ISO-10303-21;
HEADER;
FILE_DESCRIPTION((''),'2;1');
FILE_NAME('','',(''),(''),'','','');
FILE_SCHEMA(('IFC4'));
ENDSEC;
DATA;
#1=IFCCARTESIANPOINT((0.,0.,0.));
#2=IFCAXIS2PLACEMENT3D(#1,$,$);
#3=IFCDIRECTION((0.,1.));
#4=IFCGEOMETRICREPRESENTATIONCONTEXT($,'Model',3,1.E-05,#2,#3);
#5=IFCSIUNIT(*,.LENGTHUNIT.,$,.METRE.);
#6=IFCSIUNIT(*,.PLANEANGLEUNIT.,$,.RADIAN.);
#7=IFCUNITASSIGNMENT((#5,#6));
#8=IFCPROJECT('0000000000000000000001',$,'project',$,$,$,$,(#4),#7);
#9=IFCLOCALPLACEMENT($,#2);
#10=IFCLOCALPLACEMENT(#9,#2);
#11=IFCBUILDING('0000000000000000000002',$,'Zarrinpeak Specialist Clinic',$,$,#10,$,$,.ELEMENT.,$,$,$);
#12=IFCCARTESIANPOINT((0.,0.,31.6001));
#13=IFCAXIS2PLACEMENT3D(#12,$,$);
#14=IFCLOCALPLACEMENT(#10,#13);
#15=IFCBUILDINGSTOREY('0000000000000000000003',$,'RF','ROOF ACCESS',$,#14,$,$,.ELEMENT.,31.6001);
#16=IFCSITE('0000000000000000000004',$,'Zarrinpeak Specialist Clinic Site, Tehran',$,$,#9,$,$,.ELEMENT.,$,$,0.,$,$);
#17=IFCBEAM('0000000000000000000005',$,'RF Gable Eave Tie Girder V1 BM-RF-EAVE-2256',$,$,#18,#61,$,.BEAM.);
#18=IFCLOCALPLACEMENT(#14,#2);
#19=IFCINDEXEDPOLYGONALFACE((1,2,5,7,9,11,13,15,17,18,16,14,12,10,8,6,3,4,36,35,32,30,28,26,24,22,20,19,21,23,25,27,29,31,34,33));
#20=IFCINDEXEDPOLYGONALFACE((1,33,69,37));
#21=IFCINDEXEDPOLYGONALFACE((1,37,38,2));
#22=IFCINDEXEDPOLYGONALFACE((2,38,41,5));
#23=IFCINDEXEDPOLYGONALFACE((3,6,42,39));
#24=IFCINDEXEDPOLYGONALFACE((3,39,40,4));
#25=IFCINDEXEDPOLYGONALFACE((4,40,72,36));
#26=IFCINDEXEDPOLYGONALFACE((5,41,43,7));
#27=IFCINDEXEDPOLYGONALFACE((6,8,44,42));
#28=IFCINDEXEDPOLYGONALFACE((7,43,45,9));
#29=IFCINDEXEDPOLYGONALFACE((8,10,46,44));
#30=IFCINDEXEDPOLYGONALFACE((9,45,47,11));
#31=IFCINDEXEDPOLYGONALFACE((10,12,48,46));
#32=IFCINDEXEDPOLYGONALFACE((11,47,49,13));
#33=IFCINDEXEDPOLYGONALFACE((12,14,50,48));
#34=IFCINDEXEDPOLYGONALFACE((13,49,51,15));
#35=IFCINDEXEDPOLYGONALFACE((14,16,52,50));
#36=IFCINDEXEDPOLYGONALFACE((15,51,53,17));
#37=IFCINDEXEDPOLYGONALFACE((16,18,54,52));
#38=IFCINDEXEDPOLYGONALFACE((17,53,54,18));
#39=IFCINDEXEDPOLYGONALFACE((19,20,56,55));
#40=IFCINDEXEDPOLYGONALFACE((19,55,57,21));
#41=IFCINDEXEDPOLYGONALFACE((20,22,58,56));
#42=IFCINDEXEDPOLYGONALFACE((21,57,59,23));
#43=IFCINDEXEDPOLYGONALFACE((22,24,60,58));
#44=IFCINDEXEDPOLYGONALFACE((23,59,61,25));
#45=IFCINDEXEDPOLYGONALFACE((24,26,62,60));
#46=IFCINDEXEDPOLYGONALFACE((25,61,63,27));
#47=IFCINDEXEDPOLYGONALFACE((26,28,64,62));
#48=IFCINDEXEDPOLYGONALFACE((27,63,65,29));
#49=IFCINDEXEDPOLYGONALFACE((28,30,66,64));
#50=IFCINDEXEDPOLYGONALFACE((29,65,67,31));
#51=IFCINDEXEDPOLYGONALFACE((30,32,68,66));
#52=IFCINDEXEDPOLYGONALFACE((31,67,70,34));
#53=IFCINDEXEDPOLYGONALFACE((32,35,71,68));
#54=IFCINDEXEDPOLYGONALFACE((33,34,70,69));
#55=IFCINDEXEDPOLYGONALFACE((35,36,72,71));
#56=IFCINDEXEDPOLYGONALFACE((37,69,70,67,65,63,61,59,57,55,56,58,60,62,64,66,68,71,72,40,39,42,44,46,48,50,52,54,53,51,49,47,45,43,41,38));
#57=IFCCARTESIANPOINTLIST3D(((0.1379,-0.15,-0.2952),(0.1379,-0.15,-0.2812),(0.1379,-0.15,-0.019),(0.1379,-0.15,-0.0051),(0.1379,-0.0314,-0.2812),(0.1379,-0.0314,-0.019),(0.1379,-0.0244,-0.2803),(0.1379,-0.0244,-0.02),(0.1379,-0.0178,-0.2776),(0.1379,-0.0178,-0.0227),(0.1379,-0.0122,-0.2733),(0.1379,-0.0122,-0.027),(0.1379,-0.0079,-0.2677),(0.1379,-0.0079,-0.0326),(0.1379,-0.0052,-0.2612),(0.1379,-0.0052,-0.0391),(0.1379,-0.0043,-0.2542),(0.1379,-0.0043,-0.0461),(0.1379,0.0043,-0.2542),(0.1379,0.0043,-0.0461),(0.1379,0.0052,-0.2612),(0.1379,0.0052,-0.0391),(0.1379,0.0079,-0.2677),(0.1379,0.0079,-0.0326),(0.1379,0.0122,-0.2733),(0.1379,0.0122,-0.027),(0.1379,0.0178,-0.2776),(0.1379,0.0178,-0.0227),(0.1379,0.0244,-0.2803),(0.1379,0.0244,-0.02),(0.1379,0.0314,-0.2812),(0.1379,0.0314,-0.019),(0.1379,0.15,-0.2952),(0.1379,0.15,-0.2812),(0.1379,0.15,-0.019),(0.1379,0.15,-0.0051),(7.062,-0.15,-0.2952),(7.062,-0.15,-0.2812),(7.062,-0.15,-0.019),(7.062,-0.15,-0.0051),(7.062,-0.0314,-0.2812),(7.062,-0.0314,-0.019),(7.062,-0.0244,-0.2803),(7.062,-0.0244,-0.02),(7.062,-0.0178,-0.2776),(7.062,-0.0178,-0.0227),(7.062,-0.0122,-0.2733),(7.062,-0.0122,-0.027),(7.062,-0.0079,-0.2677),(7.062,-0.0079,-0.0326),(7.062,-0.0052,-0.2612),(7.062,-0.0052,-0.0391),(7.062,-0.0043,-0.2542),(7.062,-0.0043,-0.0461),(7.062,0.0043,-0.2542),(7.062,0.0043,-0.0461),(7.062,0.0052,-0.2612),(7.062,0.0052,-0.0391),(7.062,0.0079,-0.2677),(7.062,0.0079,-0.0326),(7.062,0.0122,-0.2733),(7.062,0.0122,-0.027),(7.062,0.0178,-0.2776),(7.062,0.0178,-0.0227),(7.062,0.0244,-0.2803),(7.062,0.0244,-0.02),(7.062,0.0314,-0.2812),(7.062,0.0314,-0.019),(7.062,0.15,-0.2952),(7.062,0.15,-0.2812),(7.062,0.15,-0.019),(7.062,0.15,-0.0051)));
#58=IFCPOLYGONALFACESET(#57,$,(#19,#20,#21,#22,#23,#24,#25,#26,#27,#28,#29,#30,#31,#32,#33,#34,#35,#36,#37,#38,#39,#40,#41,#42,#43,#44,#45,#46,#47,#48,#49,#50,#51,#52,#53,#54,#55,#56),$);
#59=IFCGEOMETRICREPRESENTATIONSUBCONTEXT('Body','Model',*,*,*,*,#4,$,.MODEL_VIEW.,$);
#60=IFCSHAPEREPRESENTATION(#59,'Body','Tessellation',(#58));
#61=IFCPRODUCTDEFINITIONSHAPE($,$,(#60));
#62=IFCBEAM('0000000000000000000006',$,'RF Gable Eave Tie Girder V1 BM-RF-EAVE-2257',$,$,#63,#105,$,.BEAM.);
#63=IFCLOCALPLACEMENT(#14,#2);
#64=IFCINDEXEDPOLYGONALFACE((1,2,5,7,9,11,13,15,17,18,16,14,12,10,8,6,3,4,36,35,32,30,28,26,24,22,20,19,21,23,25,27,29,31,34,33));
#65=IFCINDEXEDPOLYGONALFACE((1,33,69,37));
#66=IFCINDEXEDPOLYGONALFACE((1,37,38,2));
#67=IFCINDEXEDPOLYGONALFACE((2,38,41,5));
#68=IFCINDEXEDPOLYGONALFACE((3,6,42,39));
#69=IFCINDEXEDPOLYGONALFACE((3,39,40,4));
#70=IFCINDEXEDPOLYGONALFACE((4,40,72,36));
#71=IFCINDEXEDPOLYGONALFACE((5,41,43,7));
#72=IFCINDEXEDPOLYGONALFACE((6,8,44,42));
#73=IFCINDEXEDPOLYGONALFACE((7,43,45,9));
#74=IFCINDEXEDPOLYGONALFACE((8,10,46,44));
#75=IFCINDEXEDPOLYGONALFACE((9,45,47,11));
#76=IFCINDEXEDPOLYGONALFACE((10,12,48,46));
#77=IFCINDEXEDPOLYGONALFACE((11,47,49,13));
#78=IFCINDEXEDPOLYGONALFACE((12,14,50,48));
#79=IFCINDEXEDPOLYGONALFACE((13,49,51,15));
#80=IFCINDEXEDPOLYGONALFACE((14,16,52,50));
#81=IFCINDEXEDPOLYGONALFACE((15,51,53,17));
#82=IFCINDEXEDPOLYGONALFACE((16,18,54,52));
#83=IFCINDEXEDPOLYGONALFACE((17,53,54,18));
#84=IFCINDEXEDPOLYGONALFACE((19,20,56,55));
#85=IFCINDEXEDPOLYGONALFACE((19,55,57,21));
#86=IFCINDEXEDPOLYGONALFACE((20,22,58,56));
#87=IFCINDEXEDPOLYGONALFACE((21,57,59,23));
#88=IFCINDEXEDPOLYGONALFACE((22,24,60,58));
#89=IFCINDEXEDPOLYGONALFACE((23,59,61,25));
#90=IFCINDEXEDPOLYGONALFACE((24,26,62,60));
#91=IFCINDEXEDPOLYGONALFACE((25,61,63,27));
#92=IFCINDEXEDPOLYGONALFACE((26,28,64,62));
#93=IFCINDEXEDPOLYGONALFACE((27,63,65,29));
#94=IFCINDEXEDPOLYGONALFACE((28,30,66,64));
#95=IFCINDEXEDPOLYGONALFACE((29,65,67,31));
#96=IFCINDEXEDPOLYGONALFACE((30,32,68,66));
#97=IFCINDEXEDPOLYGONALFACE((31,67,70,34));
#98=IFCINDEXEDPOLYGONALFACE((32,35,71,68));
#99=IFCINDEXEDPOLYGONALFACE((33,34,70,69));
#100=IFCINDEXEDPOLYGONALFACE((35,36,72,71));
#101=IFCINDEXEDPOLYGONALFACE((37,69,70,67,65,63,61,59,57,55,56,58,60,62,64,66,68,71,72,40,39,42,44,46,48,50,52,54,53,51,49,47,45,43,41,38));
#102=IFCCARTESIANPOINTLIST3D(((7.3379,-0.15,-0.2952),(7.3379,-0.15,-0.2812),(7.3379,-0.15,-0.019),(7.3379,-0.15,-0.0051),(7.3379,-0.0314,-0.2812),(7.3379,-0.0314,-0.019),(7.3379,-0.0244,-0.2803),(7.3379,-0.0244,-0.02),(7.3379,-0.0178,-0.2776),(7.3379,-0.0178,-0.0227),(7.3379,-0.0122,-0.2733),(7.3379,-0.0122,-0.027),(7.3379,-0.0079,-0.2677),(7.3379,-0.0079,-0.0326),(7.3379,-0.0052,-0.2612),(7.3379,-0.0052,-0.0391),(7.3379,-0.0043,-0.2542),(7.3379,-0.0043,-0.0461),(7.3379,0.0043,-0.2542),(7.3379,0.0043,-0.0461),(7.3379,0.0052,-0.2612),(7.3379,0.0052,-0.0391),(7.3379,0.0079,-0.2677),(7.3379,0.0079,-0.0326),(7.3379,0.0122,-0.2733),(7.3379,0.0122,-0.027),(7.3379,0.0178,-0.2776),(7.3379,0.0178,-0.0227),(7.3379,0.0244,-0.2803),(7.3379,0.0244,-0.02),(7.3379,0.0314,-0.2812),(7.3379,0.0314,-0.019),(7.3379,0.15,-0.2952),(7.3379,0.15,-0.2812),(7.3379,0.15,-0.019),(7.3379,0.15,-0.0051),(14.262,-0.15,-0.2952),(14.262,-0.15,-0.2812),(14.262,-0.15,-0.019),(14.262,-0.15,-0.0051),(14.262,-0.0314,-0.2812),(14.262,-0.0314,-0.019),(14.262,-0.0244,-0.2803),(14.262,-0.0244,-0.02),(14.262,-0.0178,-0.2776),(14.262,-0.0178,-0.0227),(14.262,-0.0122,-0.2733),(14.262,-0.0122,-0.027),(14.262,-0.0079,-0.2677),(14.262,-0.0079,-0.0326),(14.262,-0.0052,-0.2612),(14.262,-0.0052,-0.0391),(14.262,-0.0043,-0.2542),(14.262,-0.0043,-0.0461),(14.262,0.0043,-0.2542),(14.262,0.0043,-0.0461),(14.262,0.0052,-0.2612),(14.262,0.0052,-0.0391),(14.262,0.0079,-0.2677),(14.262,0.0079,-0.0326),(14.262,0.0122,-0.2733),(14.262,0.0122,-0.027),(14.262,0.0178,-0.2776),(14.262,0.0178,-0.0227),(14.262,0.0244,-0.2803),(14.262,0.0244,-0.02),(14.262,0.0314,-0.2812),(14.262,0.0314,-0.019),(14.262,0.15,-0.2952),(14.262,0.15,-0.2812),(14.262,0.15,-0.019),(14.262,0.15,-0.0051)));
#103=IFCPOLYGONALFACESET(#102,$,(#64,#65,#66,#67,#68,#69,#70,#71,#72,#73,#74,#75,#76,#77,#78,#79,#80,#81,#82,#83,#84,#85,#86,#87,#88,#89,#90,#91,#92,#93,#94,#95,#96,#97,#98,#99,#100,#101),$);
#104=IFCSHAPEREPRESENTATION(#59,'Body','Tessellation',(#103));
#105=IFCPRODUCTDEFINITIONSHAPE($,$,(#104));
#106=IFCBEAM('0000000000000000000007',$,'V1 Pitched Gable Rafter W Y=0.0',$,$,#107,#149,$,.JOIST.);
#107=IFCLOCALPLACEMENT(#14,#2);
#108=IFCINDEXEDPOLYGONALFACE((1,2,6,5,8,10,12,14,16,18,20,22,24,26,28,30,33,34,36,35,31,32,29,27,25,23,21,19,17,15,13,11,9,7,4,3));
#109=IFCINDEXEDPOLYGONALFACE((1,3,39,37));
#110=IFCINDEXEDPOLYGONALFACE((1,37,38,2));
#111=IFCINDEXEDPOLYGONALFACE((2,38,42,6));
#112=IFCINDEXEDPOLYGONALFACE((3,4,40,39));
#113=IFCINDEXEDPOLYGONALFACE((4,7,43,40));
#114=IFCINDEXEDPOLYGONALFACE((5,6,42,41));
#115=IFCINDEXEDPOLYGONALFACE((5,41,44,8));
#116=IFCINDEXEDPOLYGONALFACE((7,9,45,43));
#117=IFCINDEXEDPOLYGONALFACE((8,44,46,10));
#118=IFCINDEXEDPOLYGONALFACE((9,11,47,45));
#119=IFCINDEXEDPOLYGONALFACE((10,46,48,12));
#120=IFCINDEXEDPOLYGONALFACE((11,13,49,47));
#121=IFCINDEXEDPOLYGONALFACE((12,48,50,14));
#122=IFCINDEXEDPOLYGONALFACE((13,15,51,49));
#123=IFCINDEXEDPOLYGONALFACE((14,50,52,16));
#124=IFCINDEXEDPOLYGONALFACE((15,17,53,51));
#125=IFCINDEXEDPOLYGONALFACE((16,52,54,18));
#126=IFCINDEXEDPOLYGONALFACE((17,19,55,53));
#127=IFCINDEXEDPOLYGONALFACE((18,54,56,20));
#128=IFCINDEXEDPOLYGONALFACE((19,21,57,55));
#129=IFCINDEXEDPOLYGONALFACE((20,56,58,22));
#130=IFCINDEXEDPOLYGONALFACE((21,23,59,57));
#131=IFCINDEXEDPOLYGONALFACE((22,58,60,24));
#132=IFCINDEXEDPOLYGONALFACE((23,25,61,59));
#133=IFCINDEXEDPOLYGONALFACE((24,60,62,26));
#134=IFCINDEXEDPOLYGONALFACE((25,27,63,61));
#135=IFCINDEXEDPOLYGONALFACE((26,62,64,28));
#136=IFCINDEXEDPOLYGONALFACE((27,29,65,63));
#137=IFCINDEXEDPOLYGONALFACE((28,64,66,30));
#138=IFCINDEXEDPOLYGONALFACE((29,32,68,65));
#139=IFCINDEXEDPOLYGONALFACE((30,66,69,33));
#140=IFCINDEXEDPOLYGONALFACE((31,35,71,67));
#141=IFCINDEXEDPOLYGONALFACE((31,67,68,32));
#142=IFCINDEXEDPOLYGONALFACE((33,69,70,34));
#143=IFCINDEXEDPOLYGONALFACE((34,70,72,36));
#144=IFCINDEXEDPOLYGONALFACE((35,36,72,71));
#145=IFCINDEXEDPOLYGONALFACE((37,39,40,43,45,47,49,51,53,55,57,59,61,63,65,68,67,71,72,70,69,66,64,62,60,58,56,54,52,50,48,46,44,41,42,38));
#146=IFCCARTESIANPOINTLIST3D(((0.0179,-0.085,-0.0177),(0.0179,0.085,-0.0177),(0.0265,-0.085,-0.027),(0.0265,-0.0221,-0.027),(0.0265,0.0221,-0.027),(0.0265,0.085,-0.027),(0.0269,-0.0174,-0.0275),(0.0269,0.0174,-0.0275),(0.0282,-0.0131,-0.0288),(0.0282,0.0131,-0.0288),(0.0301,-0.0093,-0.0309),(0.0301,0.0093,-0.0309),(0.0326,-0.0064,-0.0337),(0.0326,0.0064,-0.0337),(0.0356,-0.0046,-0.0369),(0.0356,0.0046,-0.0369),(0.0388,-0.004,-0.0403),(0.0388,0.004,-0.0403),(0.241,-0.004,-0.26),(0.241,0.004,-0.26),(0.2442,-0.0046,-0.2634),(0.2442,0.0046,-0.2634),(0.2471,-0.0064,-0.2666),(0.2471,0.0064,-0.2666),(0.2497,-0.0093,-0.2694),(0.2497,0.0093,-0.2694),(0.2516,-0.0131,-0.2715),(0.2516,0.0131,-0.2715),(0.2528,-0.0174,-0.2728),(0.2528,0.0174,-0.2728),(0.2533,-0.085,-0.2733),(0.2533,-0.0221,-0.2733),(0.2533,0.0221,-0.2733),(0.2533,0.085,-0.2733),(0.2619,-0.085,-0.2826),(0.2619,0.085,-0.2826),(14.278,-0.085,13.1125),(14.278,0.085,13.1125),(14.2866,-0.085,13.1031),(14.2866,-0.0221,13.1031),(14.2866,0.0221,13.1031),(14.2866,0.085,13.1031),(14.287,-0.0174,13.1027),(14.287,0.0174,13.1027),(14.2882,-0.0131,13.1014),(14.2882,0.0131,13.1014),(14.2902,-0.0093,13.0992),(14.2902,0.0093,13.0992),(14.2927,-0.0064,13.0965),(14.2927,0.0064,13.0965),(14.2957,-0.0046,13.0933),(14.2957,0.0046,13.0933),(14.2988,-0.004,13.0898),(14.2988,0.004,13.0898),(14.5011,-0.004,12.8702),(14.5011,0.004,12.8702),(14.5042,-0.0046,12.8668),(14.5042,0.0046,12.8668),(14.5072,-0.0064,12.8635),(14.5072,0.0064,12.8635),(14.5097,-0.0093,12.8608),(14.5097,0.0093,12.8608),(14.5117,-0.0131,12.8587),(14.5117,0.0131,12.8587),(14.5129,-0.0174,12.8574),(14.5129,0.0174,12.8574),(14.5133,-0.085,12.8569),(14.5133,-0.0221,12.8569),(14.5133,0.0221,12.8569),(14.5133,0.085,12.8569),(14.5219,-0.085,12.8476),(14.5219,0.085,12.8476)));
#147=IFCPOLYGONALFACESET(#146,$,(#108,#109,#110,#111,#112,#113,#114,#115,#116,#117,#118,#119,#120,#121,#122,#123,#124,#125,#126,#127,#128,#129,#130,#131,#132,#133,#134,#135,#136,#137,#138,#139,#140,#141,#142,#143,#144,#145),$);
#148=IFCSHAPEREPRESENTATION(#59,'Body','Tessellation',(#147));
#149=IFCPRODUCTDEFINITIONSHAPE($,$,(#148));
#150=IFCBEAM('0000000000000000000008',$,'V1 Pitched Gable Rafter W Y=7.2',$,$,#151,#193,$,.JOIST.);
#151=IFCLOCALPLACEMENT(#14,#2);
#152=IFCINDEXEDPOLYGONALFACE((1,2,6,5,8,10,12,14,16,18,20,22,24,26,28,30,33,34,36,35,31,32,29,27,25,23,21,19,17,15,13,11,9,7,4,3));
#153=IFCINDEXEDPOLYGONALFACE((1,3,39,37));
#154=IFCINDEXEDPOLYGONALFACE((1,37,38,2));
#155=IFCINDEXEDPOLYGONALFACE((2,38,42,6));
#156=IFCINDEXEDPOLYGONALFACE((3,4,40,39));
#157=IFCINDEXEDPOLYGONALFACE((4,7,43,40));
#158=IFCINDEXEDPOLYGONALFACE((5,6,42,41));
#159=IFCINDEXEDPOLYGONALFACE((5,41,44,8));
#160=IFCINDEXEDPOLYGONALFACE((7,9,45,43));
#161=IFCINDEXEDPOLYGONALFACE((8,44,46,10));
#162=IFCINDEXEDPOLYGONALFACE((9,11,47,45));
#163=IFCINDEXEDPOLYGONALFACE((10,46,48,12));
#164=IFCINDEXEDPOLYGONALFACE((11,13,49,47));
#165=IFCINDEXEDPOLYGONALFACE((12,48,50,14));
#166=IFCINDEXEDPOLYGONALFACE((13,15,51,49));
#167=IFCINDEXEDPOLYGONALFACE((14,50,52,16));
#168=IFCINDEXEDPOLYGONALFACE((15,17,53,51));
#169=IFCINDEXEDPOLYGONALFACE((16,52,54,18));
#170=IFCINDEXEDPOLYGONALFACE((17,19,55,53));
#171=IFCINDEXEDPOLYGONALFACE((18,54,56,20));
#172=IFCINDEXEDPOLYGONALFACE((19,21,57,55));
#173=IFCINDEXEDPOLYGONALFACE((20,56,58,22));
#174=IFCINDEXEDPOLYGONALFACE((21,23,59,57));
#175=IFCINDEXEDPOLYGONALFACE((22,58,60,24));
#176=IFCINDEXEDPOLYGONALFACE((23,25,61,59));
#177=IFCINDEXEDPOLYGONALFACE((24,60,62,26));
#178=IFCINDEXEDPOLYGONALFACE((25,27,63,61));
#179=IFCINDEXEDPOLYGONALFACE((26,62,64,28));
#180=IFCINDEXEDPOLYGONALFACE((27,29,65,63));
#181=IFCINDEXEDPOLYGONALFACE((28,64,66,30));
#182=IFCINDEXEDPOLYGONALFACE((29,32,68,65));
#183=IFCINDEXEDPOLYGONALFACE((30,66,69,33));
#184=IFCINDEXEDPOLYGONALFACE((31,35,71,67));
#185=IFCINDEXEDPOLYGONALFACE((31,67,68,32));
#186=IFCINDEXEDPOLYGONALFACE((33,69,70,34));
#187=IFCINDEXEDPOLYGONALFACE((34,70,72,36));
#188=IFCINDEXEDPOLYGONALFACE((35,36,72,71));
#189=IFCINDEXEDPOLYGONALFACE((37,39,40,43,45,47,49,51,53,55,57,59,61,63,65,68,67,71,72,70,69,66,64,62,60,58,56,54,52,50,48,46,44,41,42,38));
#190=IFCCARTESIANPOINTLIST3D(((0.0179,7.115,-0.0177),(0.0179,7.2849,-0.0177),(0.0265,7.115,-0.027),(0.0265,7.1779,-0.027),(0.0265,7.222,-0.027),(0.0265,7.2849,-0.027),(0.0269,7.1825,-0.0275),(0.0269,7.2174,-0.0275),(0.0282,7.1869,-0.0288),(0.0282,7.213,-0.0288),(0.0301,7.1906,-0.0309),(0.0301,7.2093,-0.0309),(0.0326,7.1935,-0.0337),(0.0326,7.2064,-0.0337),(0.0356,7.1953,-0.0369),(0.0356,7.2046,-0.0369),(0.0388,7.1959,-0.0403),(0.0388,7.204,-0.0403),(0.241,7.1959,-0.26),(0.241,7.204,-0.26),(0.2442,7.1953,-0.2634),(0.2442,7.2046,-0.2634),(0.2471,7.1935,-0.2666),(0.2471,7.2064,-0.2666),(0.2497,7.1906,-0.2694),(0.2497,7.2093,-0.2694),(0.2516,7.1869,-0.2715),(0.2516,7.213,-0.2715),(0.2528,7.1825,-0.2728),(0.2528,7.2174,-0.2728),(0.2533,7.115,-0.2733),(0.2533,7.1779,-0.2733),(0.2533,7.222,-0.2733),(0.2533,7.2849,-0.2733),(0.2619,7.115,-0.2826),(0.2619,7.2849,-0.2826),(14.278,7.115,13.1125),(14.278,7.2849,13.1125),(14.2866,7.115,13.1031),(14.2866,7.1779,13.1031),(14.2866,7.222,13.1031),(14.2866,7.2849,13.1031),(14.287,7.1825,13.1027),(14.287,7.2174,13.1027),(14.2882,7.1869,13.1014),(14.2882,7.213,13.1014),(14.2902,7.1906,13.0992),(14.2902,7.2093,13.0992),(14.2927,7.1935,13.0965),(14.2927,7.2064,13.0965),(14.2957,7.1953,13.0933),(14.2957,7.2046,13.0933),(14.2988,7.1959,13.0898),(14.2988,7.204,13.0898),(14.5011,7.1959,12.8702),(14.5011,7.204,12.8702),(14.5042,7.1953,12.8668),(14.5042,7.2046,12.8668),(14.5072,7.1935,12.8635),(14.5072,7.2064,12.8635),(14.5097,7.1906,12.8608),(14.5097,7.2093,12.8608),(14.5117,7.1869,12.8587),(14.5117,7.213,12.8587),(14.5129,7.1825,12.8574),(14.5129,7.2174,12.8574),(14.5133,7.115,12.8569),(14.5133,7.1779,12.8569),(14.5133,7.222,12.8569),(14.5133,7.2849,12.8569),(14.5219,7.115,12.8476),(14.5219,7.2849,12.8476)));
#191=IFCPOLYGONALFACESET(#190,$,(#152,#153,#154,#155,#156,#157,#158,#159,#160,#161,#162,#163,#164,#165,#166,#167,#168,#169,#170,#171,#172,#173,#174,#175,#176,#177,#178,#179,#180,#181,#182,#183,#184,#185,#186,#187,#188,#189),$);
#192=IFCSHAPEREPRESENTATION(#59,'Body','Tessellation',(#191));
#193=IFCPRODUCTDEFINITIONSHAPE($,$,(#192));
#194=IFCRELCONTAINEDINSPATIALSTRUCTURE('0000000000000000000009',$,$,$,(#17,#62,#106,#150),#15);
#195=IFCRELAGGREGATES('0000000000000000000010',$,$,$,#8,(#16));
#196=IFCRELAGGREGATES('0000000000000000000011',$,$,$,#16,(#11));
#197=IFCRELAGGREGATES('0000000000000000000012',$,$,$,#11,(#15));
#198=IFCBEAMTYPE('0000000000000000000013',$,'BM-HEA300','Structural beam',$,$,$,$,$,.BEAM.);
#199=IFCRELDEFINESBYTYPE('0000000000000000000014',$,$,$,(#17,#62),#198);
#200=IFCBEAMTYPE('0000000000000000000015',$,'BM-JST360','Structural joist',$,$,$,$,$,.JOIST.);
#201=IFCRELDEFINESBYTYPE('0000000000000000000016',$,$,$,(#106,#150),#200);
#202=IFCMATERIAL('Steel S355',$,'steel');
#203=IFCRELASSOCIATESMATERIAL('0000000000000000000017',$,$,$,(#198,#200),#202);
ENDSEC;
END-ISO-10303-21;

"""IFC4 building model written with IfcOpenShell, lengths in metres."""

from ifc_helpers import new_model, si_unit, direction, frame, origin, origin_2d, place, context, subcontext, project, spatial, i_section, extrude, material, material_profile, profile_set, type_object, element, save


model = new_model("IFC4")

# Units and contexts
model_context = context("Model", 3, precision=1e-05, world=origin(), true_north=direction((0.0, 1.0)))
body_context = subcontext(model_context, "Body", "Model", "MODEL_VIEW")
ifc_project = project(units=[si_unit("LENGTHUNIT", "METRE"), si_unit("PLANEANGLEUNIT", "RADIAN")], contexts=[model_context])

# Site, building, storey
site_placement = place(None, origin())
site = spatial("IfcSite", under=ifc_project, at=site_placement, Name="Zarrinpeak Specialist Clinic Site, Tehran", CompositionType="ELEMENT", RefElevation=0.0)
building_placement = place(site_placement, origin())
building = spatial("IfcBuilding", under=site, at=building_placement, Name="Zarrinpeak Specialist Clinic", CompositionType="ELEMENT")
storey_placement = place(building_placement, frame((0.0, 0.0, 31.6001)))
storey = spatial("IfcBuildingStorey", under=building, at=storey_placement, Name="RF", Description="ROOF ACCESS", CompositionType="ELEMENT", Elevation=31.6001)

# Beams
ifc_material_1 = material(Name="Steel S355", Category="steel")
ifc_material_profile_1 = material_profile(ifc_material_1, i_section(OverallWidth=0.3, OverallDepth=0.29, WebThickness=0.0085, FlangeThickness=0.0139, FilletRadius=0.0271, at=origin_2d()), Name="HEA 300")
ifc_profile_set_1 = profile_set([ifc_material_profile_1], Name="Steel S355")
beam_type_1 = type_object("IfcBeamType", Name="BM-HEA300", Description="Structural beam", PredefinedType="BEAM", material=ifc_profile_set_1)
for number, where, z_axis, x_axis, name in (
    (1, (0.1379, 0.0, -0.1501), (1.0, 0.0, 0.0), (0.0, 1.0, 0.0), "RF Gable Eave Tie Girder V1 BM-RF-EAVE-2256"),
    (2, (7.3379, 0.0, -0.1501), (1.0, 0.0, 0.0), (0.0, 1.0, 0.0), "RF Gable Eave Tie Girder V1 BM-RF-EAVE-2257"),
):
    element("IfcBeam", number, at=place(storey_placement, frame(where, z_axis=z_axis, x_axis=x_axis)), inside=storey, type_object=beam_type_1, Name=name, PredefinedType="BEAM", context=body_context, shape_type="SweptSolid", body=[
        extrude(i_section(OverallWidth=0.3, OverallDepth=0.29, WebThickness=0.0085, FlangeThickness=0.0139, FilletRadius=0.0271, at=origin_2d()), origin(), (0.0, 0.0, 1.0), 6.9241),
    ])
ifc_material_profile_2 = material_profile(ifc_material_1, i_section(OverallWidth=0.1699, OverallDepth=0.3601, WebThickness=0.0081, FlangeThickness=0.0127, FilletRadius=0.0181, at=origin_2d()), Name="IPE 360")
ifc_profile_set_2 = profile_set([ifc_material_profile_2], Name="Steel S355")
beam_type_2 = type_object("IfcBeamType", Name="BM-JST360", Description="Structural joist", PredefinedType="JOIST", material=ifc_profile_set_2)
for number, where, z_axis, x_axis, name in (
    (3, (0.1399, 0.0, -0.1501), (0.73565, 0.0, 0.677362), (0.0, 1.0, 0.0), "V1 Pitched Gable Rafter W Y=0.0"),
    (4, (0.1399, 7.2, -0.1501), (0.73565, 0.0, 0.677362), (0.0, 1.0, 0.0), "V1 Pitched Gable Rafter W Y=7.2"),
):
    element("IfcBeam", number, at=place(storey_placement, frame(where, z_axis=z_axis, x_axis=x_axis)), inside=storey, type_object=beam_type_2, Name=name, PredefinedType="JOIST", context=body_context, shape_type="SweptSolid", body=[
        extrude(i_section(OverallWidth=0.1699, OverallDepth=0.3601, WebThickness=0.0081, FlangeThickness=0.0127, FilletRadius=0.0181, at=origin_2d()), origin(), (0.0, 0.0, 1.0), 19.3843),
    ])

save(model, "model.ifc")
